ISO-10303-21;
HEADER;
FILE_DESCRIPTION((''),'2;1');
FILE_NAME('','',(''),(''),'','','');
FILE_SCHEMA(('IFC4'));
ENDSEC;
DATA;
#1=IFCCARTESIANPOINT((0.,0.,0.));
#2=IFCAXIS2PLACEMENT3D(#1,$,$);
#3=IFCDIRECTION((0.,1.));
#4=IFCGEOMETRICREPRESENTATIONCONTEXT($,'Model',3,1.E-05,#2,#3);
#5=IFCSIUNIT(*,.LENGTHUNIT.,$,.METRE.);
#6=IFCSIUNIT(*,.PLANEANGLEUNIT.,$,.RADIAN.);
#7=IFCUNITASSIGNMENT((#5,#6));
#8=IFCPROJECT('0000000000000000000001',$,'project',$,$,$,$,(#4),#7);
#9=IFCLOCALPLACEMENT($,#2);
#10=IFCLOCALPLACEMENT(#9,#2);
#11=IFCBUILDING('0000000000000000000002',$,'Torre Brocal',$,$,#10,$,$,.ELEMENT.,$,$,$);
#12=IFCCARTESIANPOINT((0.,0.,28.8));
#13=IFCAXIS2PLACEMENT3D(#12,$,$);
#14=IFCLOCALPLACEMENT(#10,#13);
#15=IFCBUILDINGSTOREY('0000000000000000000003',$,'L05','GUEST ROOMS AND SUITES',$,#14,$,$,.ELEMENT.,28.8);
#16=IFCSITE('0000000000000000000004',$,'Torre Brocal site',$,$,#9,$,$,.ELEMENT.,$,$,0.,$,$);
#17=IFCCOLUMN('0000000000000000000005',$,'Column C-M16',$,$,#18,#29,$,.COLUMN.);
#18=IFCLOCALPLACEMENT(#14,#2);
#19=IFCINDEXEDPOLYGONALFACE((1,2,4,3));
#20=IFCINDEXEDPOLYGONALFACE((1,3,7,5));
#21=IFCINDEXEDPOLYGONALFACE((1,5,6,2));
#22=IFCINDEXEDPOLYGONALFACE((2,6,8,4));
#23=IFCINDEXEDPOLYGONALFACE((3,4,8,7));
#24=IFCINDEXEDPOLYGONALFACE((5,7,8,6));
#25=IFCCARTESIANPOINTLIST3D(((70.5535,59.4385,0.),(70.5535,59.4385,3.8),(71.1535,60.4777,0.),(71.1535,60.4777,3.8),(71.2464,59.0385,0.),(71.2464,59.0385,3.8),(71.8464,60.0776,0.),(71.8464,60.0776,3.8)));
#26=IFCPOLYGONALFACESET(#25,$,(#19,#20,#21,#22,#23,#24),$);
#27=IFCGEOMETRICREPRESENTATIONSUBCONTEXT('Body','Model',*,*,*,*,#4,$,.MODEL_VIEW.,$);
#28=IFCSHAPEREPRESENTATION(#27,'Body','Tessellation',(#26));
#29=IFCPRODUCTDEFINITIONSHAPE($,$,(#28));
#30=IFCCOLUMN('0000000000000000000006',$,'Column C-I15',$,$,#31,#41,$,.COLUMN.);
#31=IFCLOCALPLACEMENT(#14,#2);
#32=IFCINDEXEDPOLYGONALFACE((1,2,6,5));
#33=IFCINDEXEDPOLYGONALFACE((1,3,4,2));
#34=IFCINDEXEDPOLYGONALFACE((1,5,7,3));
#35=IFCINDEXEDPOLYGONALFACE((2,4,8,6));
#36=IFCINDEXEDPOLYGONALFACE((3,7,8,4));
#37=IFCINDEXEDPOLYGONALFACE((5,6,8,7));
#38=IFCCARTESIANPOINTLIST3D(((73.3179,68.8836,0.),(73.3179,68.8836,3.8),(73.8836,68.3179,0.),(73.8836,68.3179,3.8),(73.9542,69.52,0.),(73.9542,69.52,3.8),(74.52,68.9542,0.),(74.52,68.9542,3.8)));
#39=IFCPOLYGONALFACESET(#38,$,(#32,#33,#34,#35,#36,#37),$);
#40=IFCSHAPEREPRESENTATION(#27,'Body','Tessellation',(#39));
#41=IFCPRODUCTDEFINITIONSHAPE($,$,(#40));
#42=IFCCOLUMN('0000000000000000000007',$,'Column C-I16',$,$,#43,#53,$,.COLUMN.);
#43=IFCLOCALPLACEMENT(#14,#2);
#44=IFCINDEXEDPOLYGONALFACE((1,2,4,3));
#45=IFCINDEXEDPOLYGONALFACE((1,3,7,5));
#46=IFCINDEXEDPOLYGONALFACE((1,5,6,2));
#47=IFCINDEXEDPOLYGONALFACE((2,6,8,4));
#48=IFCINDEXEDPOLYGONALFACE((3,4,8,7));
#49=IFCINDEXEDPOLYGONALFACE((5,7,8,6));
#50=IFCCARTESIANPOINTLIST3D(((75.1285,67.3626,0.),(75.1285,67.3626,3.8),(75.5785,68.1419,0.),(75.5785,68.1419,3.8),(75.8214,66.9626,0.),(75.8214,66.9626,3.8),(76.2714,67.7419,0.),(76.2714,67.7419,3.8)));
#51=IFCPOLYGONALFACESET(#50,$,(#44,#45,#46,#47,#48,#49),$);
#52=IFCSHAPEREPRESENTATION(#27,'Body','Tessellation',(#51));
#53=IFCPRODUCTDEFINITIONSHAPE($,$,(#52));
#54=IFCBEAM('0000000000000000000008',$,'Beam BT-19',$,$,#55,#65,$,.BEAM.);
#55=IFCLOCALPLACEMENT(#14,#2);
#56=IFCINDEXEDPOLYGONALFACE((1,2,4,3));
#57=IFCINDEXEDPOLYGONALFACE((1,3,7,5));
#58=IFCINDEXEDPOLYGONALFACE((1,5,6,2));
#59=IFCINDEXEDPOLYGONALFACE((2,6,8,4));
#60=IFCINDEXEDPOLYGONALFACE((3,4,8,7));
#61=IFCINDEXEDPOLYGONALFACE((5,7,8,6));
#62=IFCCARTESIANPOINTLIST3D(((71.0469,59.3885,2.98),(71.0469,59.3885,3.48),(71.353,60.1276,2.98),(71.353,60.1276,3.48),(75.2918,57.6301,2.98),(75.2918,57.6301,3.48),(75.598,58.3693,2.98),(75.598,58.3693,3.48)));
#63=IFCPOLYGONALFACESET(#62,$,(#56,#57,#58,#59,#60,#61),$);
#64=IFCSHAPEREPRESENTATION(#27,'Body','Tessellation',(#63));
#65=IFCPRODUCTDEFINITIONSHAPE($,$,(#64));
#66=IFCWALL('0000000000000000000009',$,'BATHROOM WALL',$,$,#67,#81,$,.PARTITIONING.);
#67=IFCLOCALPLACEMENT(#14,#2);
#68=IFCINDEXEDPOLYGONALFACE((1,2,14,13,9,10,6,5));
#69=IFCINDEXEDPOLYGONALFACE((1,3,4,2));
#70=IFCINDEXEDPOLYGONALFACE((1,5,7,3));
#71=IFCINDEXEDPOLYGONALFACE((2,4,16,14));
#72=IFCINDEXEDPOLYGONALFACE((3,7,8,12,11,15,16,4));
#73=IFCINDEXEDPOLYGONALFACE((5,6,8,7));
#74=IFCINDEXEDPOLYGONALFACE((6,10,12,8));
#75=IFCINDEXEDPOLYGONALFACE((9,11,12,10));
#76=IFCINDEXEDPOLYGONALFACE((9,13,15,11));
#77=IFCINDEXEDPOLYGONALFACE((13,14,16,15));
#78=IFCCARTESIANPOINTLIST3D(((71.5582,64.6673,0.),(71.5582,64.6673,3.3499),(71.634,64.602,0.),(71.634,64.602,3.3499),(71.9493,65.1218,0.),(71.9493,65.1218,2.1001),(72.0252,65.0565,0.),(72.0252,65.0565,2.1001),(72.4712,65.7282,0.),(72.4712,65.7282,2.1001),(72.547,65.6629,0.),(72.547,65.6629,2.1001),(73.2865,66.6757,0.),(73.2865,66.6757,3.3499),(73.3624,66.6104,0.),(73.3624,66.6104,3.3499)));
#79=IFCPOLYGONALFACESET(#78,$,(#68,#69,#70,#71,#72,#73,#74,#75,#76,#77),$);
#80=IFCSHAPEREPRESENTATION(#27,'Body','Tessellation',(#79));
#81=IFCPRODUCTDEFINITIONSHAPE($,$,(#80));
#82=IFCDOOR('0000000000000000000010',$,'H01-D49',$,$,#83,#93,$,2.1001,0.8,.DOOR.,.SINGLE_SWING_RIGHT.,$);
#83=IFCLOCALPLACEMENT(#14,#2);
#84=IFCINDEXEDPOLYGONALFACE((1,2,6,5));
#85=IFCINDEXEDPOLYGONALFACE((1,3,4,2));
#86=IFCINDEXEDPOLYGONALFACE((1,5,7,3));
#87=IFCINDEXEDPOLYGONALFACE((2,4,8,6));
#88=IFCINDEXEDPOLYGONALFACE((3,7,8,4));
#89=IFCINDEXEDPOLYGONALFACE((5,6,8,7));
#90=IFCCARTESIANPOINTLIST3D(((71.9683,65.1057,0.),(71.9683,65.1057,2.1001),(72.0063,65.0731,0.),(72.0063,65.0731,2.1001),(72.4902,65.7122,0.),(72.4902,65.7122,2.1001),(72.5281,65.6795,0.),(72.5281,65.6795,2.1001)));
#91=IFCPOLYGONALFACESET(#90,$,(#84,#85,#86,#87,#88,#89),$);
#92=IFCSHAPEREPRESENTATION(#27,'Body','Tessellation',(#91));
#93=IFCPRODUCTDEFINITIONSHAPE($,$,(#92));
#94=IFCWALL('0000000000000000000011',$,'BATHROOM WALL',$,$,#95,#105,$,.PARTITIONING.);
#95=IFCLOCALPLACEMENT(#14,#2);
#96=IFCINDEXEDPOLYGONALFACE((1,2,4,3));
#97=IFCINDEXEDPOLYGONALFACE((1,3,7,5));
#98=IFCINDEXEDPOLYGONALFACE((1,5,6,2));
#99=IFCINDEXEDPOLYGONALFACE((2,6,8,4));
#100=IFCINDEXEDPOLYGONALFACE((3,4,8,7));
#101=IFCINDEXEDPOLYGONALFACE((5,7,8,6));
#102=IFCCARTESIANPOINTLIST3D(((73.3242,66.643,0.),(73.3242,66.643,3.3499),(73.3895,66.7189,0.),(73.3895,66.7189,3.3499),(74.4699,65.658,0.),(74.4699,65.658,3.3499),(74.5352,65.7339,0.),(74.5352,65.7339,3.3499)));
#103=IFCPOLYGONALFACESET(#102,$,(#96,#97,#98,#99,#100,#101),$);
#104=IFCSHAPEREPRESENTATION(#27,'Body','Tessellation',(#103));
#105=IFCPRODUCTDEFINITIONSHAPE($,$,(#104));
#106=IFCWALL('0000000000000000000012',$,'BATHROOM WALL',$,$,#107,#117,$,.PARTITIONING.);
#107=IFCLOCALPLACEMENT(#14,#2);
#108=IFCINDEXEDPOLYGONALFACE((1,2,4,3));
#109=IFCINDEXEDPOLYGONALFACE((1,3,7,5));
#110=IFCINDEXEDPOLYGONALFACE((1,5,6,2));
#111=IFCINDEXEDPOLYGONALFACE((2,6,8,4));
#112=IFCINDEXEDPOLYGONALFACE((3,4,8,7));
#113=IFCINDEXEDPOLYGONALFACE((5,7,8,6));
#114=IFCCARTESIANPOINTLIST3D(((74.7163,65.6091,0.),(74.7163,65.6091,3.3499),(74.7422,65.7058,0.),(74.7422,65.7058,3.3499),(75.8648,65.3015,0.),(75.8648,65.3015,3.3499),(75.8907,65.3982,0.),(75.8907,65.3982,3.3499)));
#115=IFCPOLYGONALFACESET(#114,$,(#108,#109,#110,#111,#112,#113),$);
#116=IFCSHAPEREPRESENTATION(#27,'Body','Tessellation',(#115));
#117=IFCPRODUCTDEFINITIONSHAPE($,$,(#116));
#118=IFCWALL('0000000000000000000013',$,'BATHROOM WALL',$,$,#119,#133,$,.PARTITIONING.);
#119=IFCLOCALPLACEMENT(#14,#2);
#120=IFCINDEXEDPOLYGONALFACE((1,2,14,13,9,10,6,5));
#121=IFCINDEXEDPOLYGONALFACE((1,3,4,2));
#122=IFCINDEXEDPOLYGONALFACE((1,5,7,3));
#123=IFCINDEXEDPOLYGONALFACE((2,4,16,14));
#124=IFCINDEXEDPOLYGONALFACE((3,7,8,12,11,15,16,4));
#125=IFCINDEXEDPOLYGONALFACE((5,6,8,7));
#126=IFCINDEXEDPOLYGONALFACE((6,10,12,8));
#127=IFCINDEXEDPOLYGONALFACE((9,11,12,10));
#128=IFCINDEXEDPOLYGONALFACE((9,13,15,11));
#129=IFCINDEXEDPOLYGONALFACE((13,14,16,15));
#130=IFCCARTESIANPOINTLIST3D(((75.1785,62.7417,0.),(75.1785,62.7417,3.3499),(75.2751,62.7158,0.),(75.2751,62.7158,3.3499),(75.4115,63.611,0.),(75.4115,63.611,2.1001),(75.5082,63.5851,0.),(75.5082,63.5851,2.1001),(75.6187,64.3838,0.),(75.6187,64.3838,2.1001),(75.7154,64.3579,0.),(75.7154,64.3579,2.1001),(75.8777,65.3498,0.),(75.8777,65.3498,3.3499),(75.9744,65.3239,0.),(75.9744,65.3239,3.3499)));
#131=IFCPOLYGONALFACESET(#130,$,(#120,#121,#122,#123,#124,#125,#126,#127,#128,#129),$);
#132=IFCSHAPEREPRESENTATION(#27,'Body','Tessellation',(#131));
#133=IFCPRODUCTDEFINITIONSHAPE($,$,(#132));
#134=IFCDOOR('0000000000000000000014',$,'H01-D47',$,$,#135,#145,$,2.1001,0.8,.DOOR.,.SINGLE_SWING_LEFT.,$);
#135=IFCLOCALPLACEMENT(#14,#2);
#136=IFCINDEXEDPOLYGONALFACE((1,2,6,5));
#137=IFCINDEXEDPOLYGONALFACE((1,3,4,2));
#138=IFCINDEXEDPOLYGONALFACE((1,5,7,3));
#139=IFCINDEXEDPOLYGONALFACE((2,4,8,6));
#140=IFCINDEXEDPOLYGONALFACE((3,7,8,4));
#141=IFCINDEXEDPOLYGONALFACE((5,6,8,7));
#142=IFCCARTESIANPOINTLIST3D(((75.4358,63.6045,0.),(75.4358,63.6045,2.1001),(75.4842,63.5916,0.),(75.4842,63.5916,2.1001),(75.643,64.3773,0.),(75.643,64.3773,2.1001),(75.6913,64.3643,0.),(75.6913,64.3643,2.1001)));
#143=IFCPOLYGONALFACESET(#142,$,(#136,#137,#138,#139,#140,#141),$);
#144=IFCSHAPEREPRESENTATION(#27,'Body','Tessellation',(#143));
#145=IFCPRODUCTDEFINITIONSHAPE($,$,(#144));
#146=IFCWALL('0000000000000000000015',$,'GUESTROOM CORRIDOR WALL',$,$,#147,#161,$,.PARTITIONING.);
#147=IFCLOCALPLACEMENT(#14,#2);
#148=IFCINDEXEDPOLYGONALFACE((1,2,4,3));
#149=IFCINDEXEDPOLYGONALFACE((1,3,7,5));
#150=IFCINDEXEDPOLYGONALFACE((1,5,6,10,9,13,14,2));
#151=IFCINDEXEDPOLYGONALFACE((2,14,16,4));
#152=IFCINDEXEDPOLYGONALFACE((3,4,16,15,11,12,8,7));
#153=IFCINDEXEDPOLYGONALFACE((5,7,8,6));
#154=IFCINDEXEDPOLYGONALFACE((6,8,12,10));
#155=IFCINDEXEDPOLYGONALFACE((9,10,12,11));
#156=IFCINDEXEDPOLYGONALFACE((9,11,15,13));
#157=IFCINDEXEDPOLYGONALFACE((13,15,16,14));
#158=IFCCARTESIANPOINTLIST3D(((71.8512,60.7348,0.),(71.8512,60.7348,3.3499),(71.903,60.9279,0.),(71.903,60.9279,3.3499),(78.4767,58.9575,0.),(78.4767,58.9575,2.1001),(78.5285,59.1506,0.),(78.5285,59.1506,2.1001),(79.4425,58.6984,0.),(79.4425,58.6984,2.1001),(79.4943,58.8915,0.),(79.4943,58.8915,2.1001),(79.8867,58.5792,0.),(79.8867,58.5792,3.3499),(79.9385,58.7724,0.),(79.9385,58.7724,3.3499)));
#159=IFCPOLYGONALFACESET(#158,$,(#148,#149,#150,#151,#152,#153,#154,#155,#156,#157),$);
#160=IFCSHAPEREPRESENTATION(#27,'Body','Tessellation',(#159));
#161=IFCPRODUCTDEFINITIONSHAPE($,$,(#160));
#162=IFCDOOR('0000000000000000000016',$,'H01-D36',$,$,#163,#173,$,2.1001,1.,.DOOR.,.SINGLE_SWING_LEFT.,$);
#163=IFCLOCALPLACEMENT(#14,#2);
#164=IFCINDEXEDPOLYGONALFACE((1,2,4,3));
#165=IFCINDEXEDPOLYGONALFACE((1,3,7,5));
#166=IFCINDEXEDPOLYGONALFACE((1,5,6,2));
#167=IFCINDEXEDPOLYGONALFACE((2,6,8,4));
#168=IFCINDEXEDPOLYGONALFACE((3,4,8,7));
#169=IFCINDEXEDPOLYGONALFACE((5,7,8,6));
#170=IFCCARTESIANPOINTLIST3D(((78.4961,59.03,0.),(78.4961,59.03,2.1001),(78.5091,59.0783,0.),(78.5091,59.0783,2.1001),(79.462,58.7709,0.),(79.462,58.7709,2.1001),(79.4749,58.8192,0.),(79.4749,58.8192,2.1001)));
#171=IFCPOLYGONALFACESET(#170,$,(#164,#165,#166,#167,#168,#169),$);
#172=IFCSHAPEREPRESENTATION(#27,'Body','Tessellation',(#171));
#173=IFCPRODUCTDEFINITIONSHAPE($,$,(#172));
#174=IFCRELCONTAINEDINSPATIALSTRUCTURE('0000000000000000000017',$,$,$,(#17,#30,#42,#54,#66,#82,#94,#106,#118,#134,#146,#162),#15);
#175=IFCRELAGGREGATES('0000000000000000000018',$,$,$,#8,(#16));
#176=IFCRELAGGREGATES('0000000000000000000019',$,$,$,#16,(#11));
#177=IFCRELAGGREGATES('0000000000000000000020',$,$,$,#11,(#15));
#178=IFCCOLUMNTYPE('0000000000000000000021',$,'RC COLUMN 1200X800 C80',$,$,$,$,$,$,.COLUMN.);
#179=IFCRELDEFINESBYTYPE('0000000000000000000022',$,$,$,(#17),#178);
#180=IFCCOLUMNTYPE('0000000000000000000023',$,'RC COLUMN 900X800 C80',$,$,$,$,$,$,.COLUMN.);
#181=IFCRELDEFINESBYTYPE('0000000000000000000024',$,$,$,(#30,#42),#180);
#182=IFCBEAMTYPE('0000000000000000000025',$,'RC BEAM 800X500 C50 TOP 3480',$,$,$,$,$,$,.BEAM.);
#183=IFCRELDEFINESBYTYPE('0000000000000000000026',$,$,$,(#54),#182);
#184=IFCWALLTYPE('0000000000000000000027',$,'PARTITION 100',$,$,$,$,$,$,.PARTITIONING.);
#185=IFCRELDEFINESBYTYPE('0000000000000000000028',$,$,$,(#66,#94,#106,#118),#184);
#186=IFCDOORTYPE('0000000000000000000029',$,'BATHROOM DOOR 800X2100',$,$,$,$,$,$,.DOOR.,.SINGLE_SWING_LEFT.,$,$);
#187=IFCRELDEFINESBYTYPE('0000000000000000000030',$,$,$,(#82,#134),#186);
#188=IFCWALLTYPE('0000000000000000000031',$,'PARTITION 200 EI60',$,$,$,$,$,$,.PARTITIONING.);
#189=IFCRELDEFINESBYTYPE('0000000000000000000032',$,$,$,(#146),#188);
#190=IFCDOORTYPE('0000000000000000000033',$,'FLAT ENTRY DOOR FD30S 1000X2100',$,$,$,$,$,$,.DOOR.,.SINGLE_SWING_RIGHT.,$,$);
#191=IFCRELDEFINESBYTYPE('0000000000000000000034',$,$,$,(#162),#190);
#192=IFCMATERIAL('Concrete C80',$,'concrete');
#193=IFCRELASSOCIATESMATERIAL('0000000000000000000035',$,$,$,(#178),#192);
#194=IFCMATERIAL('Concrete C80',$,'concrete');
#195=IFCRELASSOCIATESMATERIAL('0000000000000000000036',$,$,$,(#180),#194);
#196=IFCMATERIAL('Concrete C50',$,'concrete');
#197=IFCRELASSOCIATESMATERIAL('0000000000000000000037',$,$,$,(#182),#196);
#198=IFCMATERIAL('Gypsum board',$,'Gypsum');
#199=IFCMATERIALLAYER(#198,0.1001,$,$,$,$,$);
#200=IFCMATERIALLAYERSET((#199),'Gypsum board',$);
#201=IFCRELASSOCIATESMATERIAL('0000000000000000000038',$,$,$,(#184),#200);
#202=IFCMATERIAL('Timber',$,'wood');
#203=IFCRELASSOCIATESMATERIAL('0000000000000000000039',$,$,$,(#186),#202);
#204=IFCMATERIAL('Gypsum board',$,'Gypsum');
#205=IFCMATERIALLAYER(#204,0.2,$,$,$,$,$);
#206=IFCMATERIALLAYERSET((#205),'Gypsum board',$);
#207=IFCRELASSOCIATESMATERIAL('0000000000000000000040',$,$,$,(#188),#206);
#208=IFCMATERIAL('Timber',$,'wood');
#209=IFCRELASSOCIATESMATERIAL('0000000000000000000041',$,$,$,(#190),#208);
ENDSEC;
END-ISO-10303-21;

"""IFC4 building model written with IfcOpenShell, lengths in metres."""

from ifc_helpers import new_model, si_unit, direction, frame, frame_2d, origin, origin_2d, place, context, subcontext, project, spatial, rectangle, extrude, material, layer, layer_set, material_profile, profile_set, type_object, element, fill, save


model = new_model("IFC4")

# Units and contexts
model_context = context("Model", 3, precision=1e-05, world=origin(), true_north=direction((0.0, 1.0)))
body_context = subcontext(model_context, "Body", "Model", "MODEL_VIEW")
ifc_project = project(units=[si_unit("LENGTHUNIT", "METRE"), si_unit("PLANEANGLEUNIT", "RADIAN")], contexts=[model_context])

# Site, building, storey
site_placement = place(None, origin())
site = spatial("IfcSite", under=ifc_project, at=site_placement, Name="Torre Brocal site", CompositionType="ELEMENT", RefElevation=0.0)
building_placement = place(site_placement, origin())
building = spatial("IfcBuilding", under=site, at=building_placement, Name="Torre Brocal", CompositionType="ELEMENT")
storey_placement = place(building_placement, frame((0.0, 0.0, 28.8)))
storey = spatial("IfcBuildingStorey", under=building, at=storey_placement, Name="L05", Description="GUEST ROOMS AND SUITES", CompositionType="ELEMENT", Elevation=28.8)

# Columns
ifc_material_1 = material(Name="Concrete C80", Category="concrete")
ifc_material_profile_1 = material_profile(ifc_material_1, rectangle(XDim=1.2, YDim=0.8, at=origin_2d()), Name="RC 1200X800")
ifc_profile_set_1 = profile_set([ifc_material_profile_1], Name="Concrete C80")
column_type_1 = type_object("IfcColumnType", Name="RC COLUMN 1200X800 C80", PredefinedType="COLUMN", material=ifc_profile_set_1)
column_placement = place(storey_placement, frame((71.2, 59.7581, 0.0), z_axis=(0.0, 0.0, 1.0), x_axis=(-0.5, -0.866025, 0.0)))
element("IfcColumn", 1, at=column_placement, inside=storey, type_object=column_type_1, Name="Column C-M16", PredefinedType="COLUMN", context=body_context, shape_type="SweptSolid", body=[
    extrude(rectangle(XDim=1.2, YDim=0.8, at=origin_2d()), origin(), (0.0, 0.0, 1.0), 3.8),
])
ifc_material_2 = material(Name="Concrete C80", Category="concrete")
ifc_material_profile_2 = material_profile(ifc_material_2, rectangle(XDim=0.8999, YDim=0.8, at=origin_2d()), Name="RC 900X800")
ifc_profile_set_2 = profile_set([ifc_material_profile_2], Name="Concrete C80")
column_type_2 = type_object("IfcColumnType", Name="RC COLUMN 900X800 C80", PredefinedType="COLUMN", material=ifc_profile_set_2)
for number, where, z_axis, x_axis, name in (
    (2, (73.9189, 68.9189, 0.0), (0.0, 0.0, 1.0), (-0.707107, -0.707107, 0.0), "Column C-I15"),
    (3, (75.7, 67.5522, 0.0), (0.0, 0.0, 1.0), (-0.5, -0.866025, 0.0), "Column C-I16"),
):
    element("IfcColumn", number, at=place(storey_placement, frame(where, z_axis=z_axis, x_axis=x_axis)), inside=storey, type_object=column_type_2, Name=name, PredefinedType="COLUMN", context=body_context, shape_type="SweptSolid", body=[
        extrude(rectangle(XDim=0.8999, YDim=0.8, at=origin_2d()), origin(), (0.0, 0.0, 1.0), 3.8),
    ])

# Beam
ifc_material_3 = material(Name="Concrete C50", Category="concrete")
ifc_material_profile_3 = material_profile(ifc_material_3, rectangle(XDim=0.8, YDim=0.5, at=origin_2d()), Name="RC 800X500")
ifc_profile_set_3 = profile_set([ifc_material_profile_3], Name="Concrete C50")
beam_type = type_object("IfcBeamType", Name="RC BEAM 800X500 C50 TOP 3480", PredefinedType="BEAM", material=ifc_profile_set_3)
beam_placement = place(storey_placement, frame((71.2, 59.7581, 3.23), z_axis=(0.923878, -0.382687, 0.0), x_axis=(0.382687, 0.923878, 0.0)))
element("IfcBeam", 4, at=beam_placement, inside=storey, type_object=beam_type, Name="Beam BT-19", PredefinedType="BEAM", context=body_context, shape_type="SweptSolid", body=[
    extrude(rectangle(XDim=0.8, YDim=0.5, at=origin_2d()), origin(), (0.0, 0.0, 1.0), 4.5947),
])

# Wall, opening, door
ifc_material_4 = material(Name="Gypsum board", Category="Gypsum")
ifc_layer_1 = layer(ifc_material_4, 0.1001)
ifc_layer_set_1 = layer_set([ifc_layer_1], Name="Gypsum board")
wall_type_1 = type_object("IfcWallType", Name="PARTITION 100", PredefinedType="PARTITIONING", material=ifc_layer_set_1)
wall_1_placement = place(storey_placement, frame((71.5962, 64.6348, 0.0), z_axis=(0.0, 0.0, 1.0), x_axis=(0.652285, 0.757974, 0.0)))
wall_1 = element("IfcWall", 5, at=wall_1_placement, inside=storey, type_object=wall_type_1, Name="BATHROOM WALL", PredefinedType="PARTITIONING", context=body_context, shape_type="SweptSolid", body=[
    extrude(rectangle(XDim=2.6497, YDim=0.1001, at=frame_2d((1.3247, 0.0))), origin(), (0.0, 0.0, 1.0), 3.3499),
])
opening_1_placement = place(wall_1_placement, frame((0.5996, 0.0, 0.0)))
opening_1 = element("IfcOpeningElement", 6, at=opening_1_placement, cuts=wall_1, PredefinedType="OPENING", context=body_context, shape_type="SweptSolid", body=[
    extrude(rectangle(XDim=0.8, YDim=2.1001, at=frame_2d((0.3999, 1.05))), frame((0.0, 0.0601, 0.0), z_axis=(0.0, -1.0, 0.0), x_axis=(1.0, 0.0, 0.0)), (0.0, 0.0, 1.0), 0.1201),
])
ifc_material_5 = material(Name="Timber", Category="wood")
door_type_1 = type_object("IfcDoorType", Name="BATHROOM DOOR 800X2100", OperationType="SINGLE_SWING_LEFT", PredefinedType="DOOR", material=ifc_material_5)
door_1_placement = place(opening_1_placement, frame((0.8, 0.0, 0.0), z_axis=(0.0, 0.0, 1.0), x_axis=(-1.0, 0.0, 0.0)))
door_1 = element("IfcDoor", 7, at=door_1_placement, inside=storey, type_object=door_type_1, Name="H01-D49", OperationType="SINGLE_SWING_RIGHT", OverallHeight=2.1001, OverallWidth=0.8, PredefinedType="DOOR", context=body_context, shape_type="SweptSolid", body=[
    extrude(rectangle(XDim=0.8, YDim=2.1001, at=frame_2d((0.3999, 1.05))), frame((0.0, 0.0249, 0.0), z_axis=(0.0, -1.0, 0.0), x_axis=(1.0, 0.0, 0.0)), (0.0, 0.0, 1.0), 0.05),
])
fill(opening_1, door_1)

# Walls
wall_2_placement = place(storey_placement, frame((73.3569, 66.6809, 0.0), z_axis=(0.0, 0.0, 1.0), x_axis=(0.758263, -0.651948, 0.0)))
element("IfcWall", 8, at=wall_2_placement, inside=storey, type_object=wall_type_1, Name="BATHROOM WALL", PredefinedType="PARTITIONING", context=body_context, shape_type="SweptSolid", body=[
    extrude(rectangle(XDim=1.511, YDim=0.1001, at=frame_2d((0.7554, 0.0))), origin(), (0.0, 0.0, 1.0), 3.3499),
])
wall_3_placement = place(storey_placement, frame((74.7292, 65.6575, 0.0), z_axis=(0.0, 0.0, 1.0), x_axis=(0.965948, -0.258736, 0.0)))
element("IfcWall", 9, at=wall_3_placement, inside=storey, type_object=wall_type_1, Name="BATHROOM WALL", PredefinedType="PARTITIONING", context=body_context, shape_type="SweptSolid", body=[
    extrude(rectangle(XDim=1.189, YDim=0.1001, at=frame_2d((0.5945, 0.0))), origin(), (0.0, 0.0, 1.0), 3.3499),
])

# Walls, openings, doors
wall_4_placement = place(storey_placement, frame((75.2268, 62.7288, 0.0), z_axis=(0.0, 0.0, 1.0), x_axis=(0.258945, 0.965892, 0.0)))
wall_4 = element("IfcWall", 10, at=wall_4_placement, inside=storey, type_object=wall_type_1, Name="BATHROOM WALL", PredefinedType="PARTITIONING", context=body_context, shape_type="SweptSolid", body=[
    extrude(rectangle(XDim=2.7002, YDim=0.1001, at=frame_2d((1.3501, 0.0))), origin(), (0.0, 0.0, 1.0), 3.3499),
])
opening_2_placement = place(wall_4_placement, frame((0.9001, 0.0, 0.0)))
opening_2 = element("IfcOpeningElement", 11, at=opening_2_placement, cuts=wall_4, PredefinedType="OPENING", context=body_context, shape_type="SweptSolid", body=[
    extrude(rectangle(XDim=0.8, YDim=2.1001, at=frame_2d((0.3999, 1.05))), frame((0.0, 0.0601, 0.0), z_axis=(0.0, -1.0, 0.0), x_axis=(1.0, 0.0, 0.0)), (0.0, 0.0, 1.0), 0.1201),
])
door_2_placement = place(opening_2_placement, origin())
door_2 = element("IfcDoor", 12, at=door_2_placement, inside=storey, type_object=door_type_1, Name="H01-D47", OperationType="SINGLE_SWING_LEFT", OverallHeight=2.1001, OverallWidth=0.8, PredefinedType="DOOR", context=body_context, shape_type="SweptSolid", body=[
    extrude(rectangle(XDim=0.8, YDim=2.1001, at=frame_2d((0.3999, 1.05))), frame((0.0, 0.0249, 0.0), z_axis=(0.0, -1.0, 0.0), x_axis=(1.0, 0.0, 0.0)), (0.0, 0.0, 1.0), 0.05),
])
fill(opening_2, door_2)
ifc_material_6 = material(Name="Gypsum board", Category="Gypsum")
ifc_layer_2 = layer(ifc_material_6, 0.2)
ifc_layer_set_2 = layer_set([ifc_layer_2], Name="Gypsum board")
wall_type_2 = type_object("IfcWallType", Name="PARTITION 200 EI60", PredefinedType="PARTITIONING", material=ifc_layer_set_2)
wall_5_placement = place(storey_placement, frame((71.8772, 60.8313, 0.0), z_axis=(0.0, 0.0, 1.0), x_axis=(0.965853, -0.259093, 0.0)))
wall_5 = element("IfcWall", 13, at=wall_5_placement, inside=storey, type_object=wall_type_2, Name="GUESTROOM CORRIDOR WALL", PredefinedType="PARTITIONING", context=body_context, shape_type="SweptSolid", body=[
    extrude(rectangle(XDim=8.3196, YDim=0.2, at=frame_2d((4.1597, 0.0))), origin(), (0.0, 0.0, 1.0), 3.3499),
])
opening_3_placement = place(wall_5_placement, frame((6.8596, 0.0, 0.0)))
opening_3 = element("IfcOpeningElement", 14, at=opening_3_placement, cuts=wall_5, PredefinedType="OPENING", context=body_context, shape_type="SweptSolid", body=[
    extrude(rectangle(XDim=1.0, YDim=2.1001, at=frame_2d((0.5, 1.05))), frame((0.0, 0.1099, 0.0), z_axis=(0.0, -1.0, 0.0), x_axis=(1.0, 0.0, 0.0)), (0.0, 0.0, 1.0), 0.22),
])
ifc_material_7 = material(Name="Timber", Category="wood")
door_type_2 = type_object("IfcDoorType", Name="FLAT ENTRY DOOR FD30S 1000X2100", OperationType="SINGLE_SWING_RIGHT", PredefinedType="DOOR", material=ifc_material_7)
door_3_placement = place(opening_3_placement, frame((1.0, 0.0, 0.0), z_axis=(0.0, 0.0, 1.0), x_axis=(-1.0, 0.0, 0.0)))
door_3 = element("IfcDoor", 15, at=door_3_placement, inside=storey, type_object=door_type_2, Name="H01-D36", OperationType="SINGLE_SWING_LEFT", OverallHeight=2.1001, OverallWidth=1.0, PredefinedType="DOOR", context=body_context, shape_type="SweptSolid", body=[
    extrude(rectangle(XDim=1.0, YDim=2.1001, at=frame_2d((0.5, 1.05))), frame((0.0, 0.0249, 0.0), z_axis=(0.0, -1.0, 0.0), x_axis=(1.0, 0.0, 0.0)), (0.0, 0.0, 1.0), 0.05),
])
fill(opening_3, door_3)

save(model, "model.ifc")
